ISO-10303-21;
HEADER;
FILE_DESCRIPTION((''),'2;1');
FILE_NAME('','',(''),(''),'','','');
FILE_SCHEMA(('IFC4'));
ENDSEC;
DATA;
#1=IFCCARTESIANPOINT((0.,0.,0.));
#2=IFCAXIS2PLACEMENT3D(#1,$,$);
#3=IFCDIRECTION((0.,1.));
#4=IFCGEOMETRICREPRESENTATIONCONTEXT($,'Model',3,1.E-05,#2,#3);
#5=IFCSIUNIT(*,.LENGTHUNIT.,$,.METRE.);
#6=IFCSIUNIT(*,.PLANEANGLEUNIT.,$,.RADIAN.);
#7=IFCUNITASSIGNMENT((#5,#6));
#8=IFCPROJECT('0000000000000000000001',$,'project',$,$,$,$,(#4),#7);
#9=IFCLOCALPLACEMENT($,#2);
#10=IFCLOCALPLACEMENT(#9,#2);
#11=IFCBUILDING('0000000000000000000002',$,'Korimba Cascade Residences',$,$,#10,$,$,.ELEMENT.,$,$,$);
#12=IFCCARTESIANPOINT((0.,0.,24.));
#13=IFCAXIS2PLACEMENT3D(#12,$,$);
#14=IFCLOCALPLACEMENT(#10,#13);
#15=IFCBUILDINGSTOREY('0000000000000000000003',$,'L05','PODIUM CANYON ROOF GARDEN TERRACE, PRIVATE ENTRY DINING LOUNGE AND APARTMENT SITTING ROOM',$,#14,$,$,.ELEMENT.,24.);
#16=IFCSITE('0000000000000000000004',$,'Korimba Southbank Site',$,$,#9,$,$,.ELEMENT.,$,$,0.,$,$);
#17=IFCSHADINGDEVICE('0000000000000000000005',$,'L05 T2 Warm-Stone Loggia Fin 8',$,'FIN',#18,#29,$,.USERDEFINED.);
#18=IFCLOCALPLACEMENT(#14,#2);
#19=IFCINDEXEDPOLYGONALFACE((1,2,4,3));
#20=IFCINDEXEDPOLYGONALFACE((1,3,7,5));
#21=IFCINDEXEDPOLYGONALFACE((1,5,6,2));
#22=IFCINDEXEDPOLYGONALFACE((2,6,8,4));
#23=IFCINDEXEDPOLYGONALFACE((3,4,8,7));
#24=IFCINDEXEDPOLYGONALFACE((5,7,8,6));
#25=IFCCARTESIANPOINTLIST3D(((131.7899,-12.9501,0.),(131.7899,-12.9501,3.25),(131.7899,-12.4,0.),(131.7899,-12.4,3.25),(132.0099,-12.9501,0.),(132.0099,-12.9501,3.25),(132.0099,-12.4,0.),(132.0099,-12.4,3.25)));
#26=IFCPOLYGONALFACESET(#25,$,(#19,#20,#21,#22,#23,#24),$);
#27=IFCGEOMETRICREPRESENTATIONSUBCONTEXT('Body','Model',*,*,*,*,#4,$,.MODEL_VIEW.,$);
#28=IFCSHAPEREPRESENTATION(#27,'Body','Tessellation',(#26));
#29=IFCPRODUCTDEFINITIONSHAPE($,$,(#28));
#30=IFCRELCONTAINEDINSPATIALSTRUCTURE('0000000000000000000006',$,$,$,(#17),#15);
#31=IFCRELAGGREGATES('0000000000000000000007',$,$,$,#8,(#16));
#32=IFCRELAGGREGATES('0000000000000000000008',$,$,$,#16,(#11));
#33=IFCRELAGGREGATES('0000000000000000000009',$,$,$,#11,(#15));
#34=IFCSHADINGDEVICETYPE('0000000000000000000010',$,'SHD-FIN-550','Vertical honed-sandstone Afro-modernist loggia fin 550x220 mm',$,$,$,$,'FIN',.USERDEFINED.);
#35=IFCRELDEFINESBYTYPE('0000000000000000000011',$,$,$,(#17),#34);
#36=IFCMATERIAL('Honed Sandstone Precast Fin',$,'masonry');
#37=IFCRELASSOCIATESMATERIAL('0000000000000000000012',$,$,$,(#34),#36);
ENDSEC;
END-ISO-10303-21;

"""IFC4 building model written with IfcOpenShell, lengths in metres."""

from ifc_helpers import new_model, si_unit, direction, frame, origin, origin_2d, place, context, subcontext, project, spatial, rectangle, extrude, material, type_object, element, save


model = new_model("IFC4")

# Units and contexts
model_context = context("Model", 3, precision=1e-05, world=origin(), true_north=direction((0.0, 1.0)))
body_context = subcontext(model_context, "Body", "Model", "MODEL_VIEW")
ifc_project = project(units=[si_unit("LENGTHUNIT", "METRE"), si_unit("PLANEANGLEUNIT", "RADIAN")], contexts=[model_context])

# Site, building, storey
site_placement = place(None, origin())
site = spatial("IfcSite", under=ifc_project, at=site_placement, Name="Korimba Southbank Site", CompositionType="ELEMENT", RefElevation=0.0)
building_placement = place(site_placement, origin())
building = spatial("IfcBuilding", under=site, at=building_placement, Name="Korimba Cascade Residences", CompositionType="ELEMENT")
storey_placement = place(building_placement, frame((0.0, 0.0, 24.0)))
storey = spatial("IfcBuildingStorey", under=building, at=storey_placement, Name="L05", Description="PODIUM CANYON ROOF GARDEN TERRACE, PRIVATE ENTRY DINING LOUNGE AND APARTMENT SITTING ROOM", CompositionType="ELEMENT", Elevation=24.0)

# Shading device
ifc_material_1 = material(Name="Honed Sandstone Precast Fin", Category="masonry")
shading_device_type = type_object("IfcShadingDeviceType", Name="SHD-FIN-550", Description="Vertical honed-sandstone Afro-modernist loggia fin 550x220 mm", ElementType="FIN", PredefinedType="USERDEFINED", material=ifc_material_1)
shading_device_placement = place(storey_placement, frame((131.8999, -12.675, 0.0), z_axis=(0.0, 0.0, 1.0), x_axis=(1.0, 0.0, 0.0)))
element("IfcShadingDevice", 1, at=shading_device_placement, inside=storey, type_object=shading_device_type, Name="L05 T2 Warm-Stone Loggia Fin 8", ObjectType="FIN", PredefinedType="USERDEFINED", context=body_context, shape_type="SweptSolid", body=[
    extrude(rectangle(XDim=0.22, YDim=0.55, at=origin_2d()), origin(), (0.0, 0.0, 1.0), 3.25),
])

save(model, "model.ifc")
